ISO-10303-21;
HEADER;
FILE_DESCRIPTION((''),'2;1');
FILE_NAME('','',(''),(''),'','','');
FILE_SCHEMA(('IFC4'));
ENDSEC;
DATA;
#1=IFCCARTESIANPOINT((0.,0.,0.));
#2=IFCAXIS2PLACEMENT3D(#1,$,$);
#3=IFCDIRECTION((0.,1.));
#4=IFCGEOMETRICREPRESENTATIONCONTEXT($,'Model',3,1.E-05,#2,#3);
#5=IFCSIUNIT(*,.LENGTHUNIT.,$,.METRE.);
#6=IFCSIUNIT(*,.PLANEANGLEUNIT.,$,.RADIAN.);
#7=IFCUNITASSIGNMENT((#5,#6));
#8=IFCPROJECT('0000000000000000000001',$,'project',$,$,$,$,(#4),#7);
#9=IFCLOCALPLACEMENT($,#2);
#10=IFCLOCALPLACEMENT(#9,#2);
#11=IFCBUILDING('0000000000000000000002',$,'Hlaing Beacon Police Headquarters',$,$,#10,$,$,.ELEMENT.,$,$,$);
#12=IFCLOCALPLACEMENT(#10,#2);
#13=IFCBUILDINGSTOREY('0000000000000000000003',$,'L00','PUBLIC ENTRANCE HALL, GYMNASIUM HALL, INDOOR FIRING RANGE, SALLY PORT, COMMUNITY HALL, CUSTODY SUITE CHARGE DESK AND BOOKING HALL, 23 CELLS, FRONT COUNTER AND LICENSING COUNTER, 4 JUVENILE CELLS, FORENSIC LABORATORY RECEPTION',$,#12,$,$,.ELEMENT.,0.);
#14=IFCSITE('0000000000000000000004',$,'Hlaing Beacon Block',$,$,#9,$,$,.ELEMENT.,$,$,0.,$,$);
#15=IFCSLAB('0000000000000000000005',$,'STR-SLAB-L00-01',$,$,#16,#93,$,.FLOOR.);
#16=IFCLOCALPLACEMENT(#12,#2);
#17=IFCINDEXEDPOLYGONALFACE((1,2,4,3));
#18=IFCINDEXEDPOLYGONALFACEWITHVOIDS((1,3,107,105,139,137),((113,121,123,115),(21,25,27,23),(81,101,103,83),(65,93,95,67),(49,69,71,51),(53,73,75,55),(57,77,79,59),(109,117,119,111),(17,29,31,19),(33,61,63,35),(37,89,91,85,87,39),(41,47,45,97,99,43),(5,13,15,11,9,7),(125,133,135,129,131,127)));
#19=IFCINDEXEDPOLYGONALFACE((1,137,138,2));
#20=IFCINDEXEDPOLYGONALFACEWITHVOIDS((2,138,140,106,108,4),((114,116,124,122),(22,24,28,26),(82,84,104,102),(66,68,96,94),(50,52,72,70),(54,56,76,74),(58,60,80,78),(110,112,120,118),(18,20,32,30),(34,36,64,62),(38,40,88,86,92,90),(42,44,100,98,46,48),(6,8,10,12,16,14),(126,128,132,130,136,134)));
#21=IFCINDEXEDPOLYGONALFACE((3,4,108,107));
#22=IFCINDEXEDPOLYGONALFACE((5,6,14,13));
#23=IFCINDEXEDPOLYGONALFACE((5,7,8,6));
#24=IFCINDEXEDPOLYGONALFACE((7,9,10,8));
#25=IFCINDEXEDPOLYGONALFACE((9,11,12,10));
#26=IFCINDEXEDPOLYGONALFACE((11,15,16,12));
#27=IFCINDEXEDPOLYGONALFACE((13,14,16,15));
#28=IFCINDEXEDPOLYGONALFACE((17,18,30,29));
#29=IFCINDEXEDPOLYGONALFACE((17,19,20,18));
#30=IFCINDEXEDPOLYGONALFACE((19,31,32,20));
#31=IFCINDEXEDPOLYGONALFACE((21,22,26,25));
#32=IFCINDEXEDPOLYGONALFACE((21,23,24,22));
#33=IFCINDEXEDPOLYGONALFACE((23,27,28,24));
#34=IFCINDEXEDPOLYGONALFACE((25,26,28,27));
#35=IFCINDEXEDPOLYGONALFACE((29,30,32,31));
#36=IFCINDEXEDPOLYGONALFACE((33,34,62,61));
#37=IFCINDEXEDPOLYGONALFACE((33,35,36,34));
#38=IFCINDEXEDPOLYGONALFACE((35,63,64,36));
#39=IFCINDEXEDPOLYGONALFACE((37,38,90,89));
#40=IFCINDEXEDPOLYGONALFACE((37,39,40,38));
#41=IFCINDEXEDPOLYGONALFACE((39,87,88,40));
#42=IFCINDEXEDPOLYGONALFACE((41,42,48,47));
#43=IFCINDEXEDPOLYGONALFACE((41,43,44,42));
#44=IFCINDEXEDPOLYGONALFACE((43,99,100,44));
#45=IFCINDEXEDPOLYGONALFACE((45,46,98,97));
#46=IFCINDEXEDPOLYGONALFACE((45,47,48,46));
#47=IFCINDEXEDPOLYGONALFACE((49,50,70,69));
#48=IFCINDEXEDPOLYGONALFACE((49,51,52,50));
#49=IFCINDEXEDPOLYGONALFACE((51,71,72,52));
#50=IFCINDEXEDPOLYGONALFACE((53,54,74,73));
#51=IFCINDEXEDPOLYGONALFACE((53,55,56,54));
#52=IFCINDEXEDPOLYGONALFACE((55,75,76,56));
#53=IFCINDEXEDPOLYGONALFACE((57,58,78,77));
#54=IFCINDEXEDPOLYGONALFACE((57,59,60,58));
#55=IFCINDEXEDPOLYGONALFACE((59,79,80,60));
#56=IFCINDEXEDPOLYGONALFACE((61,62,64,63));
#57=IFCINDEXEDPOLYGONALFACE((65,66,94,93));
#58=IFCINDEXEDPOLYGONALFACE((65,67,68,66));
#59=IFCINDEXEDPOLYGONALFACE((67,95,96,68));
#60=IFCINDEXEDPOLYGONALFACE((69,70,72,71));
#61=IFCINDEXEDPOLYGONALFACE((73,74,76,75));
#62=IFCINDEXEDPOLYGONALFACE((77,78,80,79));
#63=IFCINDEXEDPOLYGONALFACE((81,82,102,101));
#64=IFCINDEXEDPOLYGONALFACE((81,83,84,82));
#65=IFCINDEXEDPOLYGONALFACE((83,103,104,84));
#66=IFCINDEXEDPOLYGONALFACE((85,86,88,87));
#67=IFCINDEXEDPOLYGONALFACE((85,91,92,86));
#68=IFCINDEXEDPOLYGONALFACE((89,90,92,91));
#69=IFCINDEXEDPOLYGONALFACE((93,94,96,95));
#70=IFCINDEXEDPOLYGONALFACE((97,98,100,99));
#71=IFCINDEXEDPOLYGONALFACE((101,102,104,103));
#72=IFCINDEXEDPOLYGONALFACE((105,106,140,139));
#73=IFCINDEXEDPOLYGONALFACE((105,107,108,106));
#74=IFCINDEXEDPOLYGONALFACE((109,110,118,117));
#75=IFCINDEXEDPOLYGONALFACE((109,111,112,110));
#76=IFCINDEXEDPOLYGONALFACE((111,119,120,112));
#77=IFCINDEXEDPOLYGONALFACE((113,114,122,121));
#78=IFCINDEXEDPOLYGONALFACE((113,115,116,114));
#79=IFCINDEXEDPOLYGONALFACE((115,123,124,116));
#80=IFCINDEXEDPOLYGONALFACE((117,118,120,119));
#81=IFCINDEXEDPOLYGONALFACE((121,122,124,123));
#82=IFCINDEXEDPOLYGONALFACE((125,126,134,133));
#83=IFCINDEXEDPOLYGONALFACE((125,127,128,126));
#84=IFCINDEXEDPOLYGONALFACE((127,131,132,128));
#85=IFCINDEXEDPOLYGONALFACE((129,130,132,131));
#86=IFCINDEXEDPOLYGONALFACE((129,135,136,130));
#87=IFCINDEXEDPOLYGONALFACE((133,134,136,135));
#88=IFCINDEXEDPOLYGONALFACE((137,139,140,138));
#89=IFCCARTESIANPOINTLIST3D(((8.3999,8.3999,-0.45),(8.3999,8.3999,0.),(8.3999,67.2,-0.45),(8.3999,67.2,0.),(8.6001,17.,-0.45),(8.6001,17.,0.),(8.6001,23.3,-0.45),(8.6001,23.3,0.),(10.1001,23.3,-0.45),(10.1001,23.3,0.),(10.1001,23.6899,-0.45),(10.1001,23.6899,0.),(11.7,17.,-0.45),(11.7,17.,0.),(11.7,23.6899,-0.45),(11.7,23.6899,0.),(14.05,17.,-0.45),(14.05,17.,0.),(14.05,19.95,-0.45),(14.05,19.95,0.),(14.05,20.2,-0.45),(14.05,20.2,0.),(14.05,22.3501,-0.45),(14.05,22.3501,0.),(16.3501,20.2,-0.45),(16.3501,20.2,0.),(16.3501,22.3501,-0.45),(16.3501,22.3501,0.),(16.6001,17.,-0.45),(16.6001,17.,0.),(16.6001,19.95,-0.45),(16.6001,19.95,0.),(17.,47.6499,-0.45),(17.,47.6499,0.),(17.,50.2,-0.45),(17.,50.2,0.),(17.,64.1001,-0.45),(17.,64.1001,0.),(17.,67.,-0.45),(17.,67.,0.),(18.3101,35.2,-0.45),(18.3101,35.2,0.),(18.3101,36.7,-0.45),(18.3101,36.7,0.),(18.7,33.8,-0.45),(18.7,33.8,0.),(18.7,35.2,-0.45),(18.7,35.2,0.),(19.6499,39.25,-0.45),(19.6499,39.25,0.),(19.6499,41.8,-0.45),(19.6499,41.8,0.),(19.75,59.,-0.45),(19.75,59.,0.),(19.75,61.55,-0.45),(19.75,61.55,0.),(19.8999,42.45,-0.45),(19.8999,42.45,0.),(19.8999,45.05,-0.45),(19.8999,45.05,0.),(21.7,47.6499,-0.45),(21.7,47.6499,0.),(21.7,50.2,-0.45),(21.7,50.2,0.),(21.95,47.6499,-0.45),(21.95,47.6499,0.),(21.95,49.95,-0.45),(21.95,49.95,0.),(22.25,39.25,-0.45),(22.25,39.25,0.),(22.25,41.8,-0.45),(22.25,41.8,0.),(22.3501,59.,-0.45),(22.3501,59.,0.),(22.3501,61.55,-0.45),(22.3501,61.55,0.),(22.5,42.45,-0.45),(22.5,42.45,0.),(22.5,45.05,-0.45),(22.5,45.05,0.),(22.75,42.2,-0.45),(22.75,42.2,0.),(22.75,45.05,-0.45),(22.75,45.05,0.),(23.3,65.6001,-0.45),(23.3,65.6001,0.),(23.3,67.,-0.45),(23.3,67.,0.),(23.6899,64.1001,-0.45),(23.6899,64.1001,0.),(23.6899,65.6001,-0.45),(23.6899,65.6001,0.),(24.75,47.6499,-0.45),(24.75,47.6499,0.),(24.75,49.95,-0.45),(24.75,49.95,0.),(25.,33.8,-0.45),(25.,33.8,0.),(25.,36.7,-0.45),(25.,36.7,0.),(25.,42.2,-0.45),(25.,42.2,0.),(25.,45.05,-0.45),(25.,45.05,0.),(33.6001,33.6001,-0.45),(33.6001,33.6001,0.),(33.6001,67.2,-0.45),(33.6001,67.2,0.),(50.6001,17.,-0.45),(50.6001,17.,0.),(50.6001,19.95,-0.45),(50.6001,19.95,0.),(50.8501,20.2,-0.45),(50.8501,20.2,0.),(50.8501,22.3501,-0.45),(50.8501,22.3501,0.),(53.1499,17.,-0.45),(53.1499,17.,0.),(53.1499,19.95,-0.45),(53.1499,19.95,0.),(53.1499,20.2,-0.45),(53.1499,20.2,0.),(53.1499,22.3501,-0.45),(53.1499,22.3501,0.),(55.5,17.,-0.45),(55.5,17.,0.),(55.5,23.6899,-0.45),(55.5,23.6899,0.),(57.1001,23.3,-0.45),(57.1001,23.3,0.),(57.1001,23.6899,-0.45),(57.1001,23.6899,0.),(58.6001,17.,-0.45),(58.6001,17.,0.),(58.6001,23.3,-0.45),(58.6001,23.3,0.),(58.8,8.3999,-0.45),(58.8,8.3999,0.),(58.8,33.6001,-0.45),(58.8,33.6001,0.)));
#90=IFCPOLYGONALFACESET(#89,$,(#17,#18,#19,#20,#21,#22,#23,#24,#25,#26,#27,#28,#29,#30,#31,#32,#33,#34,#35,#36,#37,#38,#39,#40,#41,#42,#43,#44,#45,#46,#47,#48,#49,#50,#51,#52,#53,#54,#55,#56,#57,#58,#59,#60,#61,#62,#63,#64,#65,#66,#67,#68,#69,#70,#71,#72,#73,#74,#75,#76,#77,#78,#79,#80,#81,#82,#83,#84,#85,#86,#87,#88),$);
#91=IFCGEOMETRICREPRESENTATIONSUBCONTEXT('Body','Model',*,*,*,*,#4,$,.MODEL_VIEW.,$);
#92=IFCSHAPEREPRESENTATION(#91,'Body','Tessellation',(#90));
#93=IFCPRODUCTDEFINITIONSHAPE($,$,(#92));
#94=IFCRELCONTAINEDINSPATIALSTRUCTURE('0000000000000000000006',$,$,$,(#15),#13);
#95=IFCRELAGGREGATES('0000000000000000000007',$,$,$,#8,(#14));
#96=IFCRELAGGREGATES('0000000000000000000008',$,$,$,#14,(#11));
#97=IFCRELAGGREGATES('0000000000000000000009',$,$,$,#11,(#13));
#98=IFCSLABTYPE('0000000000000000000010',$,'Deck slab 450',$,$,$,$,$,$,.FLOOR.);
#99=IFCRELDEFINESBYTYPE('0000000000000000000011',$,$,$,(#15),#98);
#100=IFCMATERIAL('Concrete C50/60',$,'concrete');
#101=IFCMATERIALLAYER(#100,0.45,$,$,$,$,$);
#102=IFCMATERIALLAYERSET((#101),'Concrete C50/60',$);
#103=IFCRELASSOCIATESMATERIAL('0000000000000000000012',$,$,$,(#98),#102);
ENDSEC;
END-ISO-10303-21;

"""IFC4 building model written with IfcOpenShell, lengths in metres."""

from ifc_helpers import new_model, si_unit, direction, frame, origin, place, context, subcontext, project, spatial, polyline, outline, extrude, material, layer, layer_set, type_object, element, save


model = new_model("IFC4")

# Units and contexts
model_context = context("Model", 3, precision=1e-05, world=origin(), true_north=direction((0.0, 1.0)))
body_context = subcontext(model_context, "Body", "Model", "MODEL_VIEW")
ifc_project = project(units=[si_unit("LENGTHUNIT", "METRE"), si_unit("PLANEANGLEUNIT", "RADIAN")], contexts=[model_context])

# Site, building, storey
site_placement = place(None, origin())
site = spatial("IfcSite", under=ifc_project, at=site_placement, Name="Hlaing Beacon Block", CompositionType="ELEMENT", RefElevation=0.0)
building_placement = place(site_placement, origin())
building = spatial("IfcBuilding", under=site, at=building_placement, Name="Hlaing Beacon Police Headquarters", CompositionType="ELEMENT")
storey_placement = place(building_placement, origin())
storey = spatial("IfcBuildingStorey", under=building, at=storey_placement, Name="L00", Description="PUBLIC ENTRANCE HALL, GYMNASIUM HALL, INDOOR FIRING RANGE, SALLY PORT, COMMUNITY HALL, CUSTODY SUITE CHARGE DESK AND BOOKING HALL, 23 CELLS, FRONT COUNTER AND LICENSING COUNTER, 4 JUVENILE CELLS, FORENSIC LABORATORY RECEPTION", CompositionType="ELEMENT", Elevation=0.0)

# Slab
ifc_material_1 = material(Name="Concrete C50/60", Category="concrete")
ifc_layer_1 = layer(ifc_material_1, 0.45)
ifc_layer_set_1 = layer_set([ifc_layer_1], Name="Concrete C50/60")
slab_type_1 = type_object("IfcSlabType", Name="Deck slab 450", PredefinedType="FLOOR", material=ifc_layer_set_1)
slab_1_placement = place(storey_placement, frame((0.0, 0.0, -0.45)))
element("IfcSlab", 1, at=slab_1_placement, inside=storey, type_object=slab_type_1, Name="STR-SLAB-L00-01", PredefinedType="FLOOR", context=body_context, shape_type="SweptSolid", body=[
    extrude(outline(polyline([(8.3999, 8.3999), (58.8, 8.3999), (58.8, 33.6001), (33.6001, 33.6001), (33.6001, 67.2), (8.3999, 67.2), (8.3999, 8.3999)]), holes=[polyline([(8.6001, 17.0), (11.7, 17.0), (11.7, 23.6899), (10.1001, 23.6899), (10.1001, 23.3), (8.6001, 23.3), (8.6001, 17.0)]), polyline([(14.05, 17.0), (16.6001, 17.0), (16.6001, 19.95), (14.05, 19.95), (14.05, 17.0)]), polyline([(14.05, 20.2), (16.3501, 20.2), (16.3501, 22.3501), (14.05, 22.3501), (14.05, 20.2)]), polyline([(17.0, 47.6499), (21.7, 47.6499), (21.7, 50.2), (17.0, 50.2), (17.0, 47.6499)]), polyline([(17.0, 64.1001), (23.6899, 64.1001), (23.6899, 65.6001), (23.3, 65.6001), (23.3, 67.0), (17.0, 67.0), (17.0, 64.1001)]), polyline([(18.7, 33.8), (25.0, 33.8), (25.0, 36.7), (18.3101, 36.7), (18.3101, 35.2), (18.7, 35.2), (18.7, 33.8)]), polyline([(19.6499, 39.25), (22.25, 39.25), (22.25, 41.8), (19.6499, 41.8), (19.6499, 39.25)]), polyline([(19.75, 59.0), (22.3501, 59.0), (22.3501, 61.55), (19.75, 61.55), (19.75, 59.0)]), polyline([(19.8999, 42.45), (22.5, 42.45), (22.5, 45.05), (19.8999, 45.05), (19.8999, 42.45)]), polyline([(21.95, 47.6499), (24.75, 47.6499), (24.75, 49.95), (21.95, 49.95), (21.95, 47.6499)]), polyline([(22.75, 42.2), (25.0, 42.2), (25.0, 45.05), (22.75, 45.05), (22.75, 42.2)]), polyline([(50.6001, 17.0), (53.1499, 17.0), (53.1499, 19.95), (50.6001, 19.95), (50.6001, 17.0)]), polyline([(50.8501, 20.2), (53.1499, 20.2), (53.1499, 22.3501), (50.8501, 22.3501), (50.8501, 20.2)]), polyline([(55.5, 17.0), (58.6001, 17.0), (58.6001, 23.3), (57.1001, 23.3), (57.1001, 23.6899), (55.5, 23.6899), (55.5, 17.0)])]), origin(), (0.0, 0.0, 1.0), 0.45),
])

save(model, "model.ifc")
